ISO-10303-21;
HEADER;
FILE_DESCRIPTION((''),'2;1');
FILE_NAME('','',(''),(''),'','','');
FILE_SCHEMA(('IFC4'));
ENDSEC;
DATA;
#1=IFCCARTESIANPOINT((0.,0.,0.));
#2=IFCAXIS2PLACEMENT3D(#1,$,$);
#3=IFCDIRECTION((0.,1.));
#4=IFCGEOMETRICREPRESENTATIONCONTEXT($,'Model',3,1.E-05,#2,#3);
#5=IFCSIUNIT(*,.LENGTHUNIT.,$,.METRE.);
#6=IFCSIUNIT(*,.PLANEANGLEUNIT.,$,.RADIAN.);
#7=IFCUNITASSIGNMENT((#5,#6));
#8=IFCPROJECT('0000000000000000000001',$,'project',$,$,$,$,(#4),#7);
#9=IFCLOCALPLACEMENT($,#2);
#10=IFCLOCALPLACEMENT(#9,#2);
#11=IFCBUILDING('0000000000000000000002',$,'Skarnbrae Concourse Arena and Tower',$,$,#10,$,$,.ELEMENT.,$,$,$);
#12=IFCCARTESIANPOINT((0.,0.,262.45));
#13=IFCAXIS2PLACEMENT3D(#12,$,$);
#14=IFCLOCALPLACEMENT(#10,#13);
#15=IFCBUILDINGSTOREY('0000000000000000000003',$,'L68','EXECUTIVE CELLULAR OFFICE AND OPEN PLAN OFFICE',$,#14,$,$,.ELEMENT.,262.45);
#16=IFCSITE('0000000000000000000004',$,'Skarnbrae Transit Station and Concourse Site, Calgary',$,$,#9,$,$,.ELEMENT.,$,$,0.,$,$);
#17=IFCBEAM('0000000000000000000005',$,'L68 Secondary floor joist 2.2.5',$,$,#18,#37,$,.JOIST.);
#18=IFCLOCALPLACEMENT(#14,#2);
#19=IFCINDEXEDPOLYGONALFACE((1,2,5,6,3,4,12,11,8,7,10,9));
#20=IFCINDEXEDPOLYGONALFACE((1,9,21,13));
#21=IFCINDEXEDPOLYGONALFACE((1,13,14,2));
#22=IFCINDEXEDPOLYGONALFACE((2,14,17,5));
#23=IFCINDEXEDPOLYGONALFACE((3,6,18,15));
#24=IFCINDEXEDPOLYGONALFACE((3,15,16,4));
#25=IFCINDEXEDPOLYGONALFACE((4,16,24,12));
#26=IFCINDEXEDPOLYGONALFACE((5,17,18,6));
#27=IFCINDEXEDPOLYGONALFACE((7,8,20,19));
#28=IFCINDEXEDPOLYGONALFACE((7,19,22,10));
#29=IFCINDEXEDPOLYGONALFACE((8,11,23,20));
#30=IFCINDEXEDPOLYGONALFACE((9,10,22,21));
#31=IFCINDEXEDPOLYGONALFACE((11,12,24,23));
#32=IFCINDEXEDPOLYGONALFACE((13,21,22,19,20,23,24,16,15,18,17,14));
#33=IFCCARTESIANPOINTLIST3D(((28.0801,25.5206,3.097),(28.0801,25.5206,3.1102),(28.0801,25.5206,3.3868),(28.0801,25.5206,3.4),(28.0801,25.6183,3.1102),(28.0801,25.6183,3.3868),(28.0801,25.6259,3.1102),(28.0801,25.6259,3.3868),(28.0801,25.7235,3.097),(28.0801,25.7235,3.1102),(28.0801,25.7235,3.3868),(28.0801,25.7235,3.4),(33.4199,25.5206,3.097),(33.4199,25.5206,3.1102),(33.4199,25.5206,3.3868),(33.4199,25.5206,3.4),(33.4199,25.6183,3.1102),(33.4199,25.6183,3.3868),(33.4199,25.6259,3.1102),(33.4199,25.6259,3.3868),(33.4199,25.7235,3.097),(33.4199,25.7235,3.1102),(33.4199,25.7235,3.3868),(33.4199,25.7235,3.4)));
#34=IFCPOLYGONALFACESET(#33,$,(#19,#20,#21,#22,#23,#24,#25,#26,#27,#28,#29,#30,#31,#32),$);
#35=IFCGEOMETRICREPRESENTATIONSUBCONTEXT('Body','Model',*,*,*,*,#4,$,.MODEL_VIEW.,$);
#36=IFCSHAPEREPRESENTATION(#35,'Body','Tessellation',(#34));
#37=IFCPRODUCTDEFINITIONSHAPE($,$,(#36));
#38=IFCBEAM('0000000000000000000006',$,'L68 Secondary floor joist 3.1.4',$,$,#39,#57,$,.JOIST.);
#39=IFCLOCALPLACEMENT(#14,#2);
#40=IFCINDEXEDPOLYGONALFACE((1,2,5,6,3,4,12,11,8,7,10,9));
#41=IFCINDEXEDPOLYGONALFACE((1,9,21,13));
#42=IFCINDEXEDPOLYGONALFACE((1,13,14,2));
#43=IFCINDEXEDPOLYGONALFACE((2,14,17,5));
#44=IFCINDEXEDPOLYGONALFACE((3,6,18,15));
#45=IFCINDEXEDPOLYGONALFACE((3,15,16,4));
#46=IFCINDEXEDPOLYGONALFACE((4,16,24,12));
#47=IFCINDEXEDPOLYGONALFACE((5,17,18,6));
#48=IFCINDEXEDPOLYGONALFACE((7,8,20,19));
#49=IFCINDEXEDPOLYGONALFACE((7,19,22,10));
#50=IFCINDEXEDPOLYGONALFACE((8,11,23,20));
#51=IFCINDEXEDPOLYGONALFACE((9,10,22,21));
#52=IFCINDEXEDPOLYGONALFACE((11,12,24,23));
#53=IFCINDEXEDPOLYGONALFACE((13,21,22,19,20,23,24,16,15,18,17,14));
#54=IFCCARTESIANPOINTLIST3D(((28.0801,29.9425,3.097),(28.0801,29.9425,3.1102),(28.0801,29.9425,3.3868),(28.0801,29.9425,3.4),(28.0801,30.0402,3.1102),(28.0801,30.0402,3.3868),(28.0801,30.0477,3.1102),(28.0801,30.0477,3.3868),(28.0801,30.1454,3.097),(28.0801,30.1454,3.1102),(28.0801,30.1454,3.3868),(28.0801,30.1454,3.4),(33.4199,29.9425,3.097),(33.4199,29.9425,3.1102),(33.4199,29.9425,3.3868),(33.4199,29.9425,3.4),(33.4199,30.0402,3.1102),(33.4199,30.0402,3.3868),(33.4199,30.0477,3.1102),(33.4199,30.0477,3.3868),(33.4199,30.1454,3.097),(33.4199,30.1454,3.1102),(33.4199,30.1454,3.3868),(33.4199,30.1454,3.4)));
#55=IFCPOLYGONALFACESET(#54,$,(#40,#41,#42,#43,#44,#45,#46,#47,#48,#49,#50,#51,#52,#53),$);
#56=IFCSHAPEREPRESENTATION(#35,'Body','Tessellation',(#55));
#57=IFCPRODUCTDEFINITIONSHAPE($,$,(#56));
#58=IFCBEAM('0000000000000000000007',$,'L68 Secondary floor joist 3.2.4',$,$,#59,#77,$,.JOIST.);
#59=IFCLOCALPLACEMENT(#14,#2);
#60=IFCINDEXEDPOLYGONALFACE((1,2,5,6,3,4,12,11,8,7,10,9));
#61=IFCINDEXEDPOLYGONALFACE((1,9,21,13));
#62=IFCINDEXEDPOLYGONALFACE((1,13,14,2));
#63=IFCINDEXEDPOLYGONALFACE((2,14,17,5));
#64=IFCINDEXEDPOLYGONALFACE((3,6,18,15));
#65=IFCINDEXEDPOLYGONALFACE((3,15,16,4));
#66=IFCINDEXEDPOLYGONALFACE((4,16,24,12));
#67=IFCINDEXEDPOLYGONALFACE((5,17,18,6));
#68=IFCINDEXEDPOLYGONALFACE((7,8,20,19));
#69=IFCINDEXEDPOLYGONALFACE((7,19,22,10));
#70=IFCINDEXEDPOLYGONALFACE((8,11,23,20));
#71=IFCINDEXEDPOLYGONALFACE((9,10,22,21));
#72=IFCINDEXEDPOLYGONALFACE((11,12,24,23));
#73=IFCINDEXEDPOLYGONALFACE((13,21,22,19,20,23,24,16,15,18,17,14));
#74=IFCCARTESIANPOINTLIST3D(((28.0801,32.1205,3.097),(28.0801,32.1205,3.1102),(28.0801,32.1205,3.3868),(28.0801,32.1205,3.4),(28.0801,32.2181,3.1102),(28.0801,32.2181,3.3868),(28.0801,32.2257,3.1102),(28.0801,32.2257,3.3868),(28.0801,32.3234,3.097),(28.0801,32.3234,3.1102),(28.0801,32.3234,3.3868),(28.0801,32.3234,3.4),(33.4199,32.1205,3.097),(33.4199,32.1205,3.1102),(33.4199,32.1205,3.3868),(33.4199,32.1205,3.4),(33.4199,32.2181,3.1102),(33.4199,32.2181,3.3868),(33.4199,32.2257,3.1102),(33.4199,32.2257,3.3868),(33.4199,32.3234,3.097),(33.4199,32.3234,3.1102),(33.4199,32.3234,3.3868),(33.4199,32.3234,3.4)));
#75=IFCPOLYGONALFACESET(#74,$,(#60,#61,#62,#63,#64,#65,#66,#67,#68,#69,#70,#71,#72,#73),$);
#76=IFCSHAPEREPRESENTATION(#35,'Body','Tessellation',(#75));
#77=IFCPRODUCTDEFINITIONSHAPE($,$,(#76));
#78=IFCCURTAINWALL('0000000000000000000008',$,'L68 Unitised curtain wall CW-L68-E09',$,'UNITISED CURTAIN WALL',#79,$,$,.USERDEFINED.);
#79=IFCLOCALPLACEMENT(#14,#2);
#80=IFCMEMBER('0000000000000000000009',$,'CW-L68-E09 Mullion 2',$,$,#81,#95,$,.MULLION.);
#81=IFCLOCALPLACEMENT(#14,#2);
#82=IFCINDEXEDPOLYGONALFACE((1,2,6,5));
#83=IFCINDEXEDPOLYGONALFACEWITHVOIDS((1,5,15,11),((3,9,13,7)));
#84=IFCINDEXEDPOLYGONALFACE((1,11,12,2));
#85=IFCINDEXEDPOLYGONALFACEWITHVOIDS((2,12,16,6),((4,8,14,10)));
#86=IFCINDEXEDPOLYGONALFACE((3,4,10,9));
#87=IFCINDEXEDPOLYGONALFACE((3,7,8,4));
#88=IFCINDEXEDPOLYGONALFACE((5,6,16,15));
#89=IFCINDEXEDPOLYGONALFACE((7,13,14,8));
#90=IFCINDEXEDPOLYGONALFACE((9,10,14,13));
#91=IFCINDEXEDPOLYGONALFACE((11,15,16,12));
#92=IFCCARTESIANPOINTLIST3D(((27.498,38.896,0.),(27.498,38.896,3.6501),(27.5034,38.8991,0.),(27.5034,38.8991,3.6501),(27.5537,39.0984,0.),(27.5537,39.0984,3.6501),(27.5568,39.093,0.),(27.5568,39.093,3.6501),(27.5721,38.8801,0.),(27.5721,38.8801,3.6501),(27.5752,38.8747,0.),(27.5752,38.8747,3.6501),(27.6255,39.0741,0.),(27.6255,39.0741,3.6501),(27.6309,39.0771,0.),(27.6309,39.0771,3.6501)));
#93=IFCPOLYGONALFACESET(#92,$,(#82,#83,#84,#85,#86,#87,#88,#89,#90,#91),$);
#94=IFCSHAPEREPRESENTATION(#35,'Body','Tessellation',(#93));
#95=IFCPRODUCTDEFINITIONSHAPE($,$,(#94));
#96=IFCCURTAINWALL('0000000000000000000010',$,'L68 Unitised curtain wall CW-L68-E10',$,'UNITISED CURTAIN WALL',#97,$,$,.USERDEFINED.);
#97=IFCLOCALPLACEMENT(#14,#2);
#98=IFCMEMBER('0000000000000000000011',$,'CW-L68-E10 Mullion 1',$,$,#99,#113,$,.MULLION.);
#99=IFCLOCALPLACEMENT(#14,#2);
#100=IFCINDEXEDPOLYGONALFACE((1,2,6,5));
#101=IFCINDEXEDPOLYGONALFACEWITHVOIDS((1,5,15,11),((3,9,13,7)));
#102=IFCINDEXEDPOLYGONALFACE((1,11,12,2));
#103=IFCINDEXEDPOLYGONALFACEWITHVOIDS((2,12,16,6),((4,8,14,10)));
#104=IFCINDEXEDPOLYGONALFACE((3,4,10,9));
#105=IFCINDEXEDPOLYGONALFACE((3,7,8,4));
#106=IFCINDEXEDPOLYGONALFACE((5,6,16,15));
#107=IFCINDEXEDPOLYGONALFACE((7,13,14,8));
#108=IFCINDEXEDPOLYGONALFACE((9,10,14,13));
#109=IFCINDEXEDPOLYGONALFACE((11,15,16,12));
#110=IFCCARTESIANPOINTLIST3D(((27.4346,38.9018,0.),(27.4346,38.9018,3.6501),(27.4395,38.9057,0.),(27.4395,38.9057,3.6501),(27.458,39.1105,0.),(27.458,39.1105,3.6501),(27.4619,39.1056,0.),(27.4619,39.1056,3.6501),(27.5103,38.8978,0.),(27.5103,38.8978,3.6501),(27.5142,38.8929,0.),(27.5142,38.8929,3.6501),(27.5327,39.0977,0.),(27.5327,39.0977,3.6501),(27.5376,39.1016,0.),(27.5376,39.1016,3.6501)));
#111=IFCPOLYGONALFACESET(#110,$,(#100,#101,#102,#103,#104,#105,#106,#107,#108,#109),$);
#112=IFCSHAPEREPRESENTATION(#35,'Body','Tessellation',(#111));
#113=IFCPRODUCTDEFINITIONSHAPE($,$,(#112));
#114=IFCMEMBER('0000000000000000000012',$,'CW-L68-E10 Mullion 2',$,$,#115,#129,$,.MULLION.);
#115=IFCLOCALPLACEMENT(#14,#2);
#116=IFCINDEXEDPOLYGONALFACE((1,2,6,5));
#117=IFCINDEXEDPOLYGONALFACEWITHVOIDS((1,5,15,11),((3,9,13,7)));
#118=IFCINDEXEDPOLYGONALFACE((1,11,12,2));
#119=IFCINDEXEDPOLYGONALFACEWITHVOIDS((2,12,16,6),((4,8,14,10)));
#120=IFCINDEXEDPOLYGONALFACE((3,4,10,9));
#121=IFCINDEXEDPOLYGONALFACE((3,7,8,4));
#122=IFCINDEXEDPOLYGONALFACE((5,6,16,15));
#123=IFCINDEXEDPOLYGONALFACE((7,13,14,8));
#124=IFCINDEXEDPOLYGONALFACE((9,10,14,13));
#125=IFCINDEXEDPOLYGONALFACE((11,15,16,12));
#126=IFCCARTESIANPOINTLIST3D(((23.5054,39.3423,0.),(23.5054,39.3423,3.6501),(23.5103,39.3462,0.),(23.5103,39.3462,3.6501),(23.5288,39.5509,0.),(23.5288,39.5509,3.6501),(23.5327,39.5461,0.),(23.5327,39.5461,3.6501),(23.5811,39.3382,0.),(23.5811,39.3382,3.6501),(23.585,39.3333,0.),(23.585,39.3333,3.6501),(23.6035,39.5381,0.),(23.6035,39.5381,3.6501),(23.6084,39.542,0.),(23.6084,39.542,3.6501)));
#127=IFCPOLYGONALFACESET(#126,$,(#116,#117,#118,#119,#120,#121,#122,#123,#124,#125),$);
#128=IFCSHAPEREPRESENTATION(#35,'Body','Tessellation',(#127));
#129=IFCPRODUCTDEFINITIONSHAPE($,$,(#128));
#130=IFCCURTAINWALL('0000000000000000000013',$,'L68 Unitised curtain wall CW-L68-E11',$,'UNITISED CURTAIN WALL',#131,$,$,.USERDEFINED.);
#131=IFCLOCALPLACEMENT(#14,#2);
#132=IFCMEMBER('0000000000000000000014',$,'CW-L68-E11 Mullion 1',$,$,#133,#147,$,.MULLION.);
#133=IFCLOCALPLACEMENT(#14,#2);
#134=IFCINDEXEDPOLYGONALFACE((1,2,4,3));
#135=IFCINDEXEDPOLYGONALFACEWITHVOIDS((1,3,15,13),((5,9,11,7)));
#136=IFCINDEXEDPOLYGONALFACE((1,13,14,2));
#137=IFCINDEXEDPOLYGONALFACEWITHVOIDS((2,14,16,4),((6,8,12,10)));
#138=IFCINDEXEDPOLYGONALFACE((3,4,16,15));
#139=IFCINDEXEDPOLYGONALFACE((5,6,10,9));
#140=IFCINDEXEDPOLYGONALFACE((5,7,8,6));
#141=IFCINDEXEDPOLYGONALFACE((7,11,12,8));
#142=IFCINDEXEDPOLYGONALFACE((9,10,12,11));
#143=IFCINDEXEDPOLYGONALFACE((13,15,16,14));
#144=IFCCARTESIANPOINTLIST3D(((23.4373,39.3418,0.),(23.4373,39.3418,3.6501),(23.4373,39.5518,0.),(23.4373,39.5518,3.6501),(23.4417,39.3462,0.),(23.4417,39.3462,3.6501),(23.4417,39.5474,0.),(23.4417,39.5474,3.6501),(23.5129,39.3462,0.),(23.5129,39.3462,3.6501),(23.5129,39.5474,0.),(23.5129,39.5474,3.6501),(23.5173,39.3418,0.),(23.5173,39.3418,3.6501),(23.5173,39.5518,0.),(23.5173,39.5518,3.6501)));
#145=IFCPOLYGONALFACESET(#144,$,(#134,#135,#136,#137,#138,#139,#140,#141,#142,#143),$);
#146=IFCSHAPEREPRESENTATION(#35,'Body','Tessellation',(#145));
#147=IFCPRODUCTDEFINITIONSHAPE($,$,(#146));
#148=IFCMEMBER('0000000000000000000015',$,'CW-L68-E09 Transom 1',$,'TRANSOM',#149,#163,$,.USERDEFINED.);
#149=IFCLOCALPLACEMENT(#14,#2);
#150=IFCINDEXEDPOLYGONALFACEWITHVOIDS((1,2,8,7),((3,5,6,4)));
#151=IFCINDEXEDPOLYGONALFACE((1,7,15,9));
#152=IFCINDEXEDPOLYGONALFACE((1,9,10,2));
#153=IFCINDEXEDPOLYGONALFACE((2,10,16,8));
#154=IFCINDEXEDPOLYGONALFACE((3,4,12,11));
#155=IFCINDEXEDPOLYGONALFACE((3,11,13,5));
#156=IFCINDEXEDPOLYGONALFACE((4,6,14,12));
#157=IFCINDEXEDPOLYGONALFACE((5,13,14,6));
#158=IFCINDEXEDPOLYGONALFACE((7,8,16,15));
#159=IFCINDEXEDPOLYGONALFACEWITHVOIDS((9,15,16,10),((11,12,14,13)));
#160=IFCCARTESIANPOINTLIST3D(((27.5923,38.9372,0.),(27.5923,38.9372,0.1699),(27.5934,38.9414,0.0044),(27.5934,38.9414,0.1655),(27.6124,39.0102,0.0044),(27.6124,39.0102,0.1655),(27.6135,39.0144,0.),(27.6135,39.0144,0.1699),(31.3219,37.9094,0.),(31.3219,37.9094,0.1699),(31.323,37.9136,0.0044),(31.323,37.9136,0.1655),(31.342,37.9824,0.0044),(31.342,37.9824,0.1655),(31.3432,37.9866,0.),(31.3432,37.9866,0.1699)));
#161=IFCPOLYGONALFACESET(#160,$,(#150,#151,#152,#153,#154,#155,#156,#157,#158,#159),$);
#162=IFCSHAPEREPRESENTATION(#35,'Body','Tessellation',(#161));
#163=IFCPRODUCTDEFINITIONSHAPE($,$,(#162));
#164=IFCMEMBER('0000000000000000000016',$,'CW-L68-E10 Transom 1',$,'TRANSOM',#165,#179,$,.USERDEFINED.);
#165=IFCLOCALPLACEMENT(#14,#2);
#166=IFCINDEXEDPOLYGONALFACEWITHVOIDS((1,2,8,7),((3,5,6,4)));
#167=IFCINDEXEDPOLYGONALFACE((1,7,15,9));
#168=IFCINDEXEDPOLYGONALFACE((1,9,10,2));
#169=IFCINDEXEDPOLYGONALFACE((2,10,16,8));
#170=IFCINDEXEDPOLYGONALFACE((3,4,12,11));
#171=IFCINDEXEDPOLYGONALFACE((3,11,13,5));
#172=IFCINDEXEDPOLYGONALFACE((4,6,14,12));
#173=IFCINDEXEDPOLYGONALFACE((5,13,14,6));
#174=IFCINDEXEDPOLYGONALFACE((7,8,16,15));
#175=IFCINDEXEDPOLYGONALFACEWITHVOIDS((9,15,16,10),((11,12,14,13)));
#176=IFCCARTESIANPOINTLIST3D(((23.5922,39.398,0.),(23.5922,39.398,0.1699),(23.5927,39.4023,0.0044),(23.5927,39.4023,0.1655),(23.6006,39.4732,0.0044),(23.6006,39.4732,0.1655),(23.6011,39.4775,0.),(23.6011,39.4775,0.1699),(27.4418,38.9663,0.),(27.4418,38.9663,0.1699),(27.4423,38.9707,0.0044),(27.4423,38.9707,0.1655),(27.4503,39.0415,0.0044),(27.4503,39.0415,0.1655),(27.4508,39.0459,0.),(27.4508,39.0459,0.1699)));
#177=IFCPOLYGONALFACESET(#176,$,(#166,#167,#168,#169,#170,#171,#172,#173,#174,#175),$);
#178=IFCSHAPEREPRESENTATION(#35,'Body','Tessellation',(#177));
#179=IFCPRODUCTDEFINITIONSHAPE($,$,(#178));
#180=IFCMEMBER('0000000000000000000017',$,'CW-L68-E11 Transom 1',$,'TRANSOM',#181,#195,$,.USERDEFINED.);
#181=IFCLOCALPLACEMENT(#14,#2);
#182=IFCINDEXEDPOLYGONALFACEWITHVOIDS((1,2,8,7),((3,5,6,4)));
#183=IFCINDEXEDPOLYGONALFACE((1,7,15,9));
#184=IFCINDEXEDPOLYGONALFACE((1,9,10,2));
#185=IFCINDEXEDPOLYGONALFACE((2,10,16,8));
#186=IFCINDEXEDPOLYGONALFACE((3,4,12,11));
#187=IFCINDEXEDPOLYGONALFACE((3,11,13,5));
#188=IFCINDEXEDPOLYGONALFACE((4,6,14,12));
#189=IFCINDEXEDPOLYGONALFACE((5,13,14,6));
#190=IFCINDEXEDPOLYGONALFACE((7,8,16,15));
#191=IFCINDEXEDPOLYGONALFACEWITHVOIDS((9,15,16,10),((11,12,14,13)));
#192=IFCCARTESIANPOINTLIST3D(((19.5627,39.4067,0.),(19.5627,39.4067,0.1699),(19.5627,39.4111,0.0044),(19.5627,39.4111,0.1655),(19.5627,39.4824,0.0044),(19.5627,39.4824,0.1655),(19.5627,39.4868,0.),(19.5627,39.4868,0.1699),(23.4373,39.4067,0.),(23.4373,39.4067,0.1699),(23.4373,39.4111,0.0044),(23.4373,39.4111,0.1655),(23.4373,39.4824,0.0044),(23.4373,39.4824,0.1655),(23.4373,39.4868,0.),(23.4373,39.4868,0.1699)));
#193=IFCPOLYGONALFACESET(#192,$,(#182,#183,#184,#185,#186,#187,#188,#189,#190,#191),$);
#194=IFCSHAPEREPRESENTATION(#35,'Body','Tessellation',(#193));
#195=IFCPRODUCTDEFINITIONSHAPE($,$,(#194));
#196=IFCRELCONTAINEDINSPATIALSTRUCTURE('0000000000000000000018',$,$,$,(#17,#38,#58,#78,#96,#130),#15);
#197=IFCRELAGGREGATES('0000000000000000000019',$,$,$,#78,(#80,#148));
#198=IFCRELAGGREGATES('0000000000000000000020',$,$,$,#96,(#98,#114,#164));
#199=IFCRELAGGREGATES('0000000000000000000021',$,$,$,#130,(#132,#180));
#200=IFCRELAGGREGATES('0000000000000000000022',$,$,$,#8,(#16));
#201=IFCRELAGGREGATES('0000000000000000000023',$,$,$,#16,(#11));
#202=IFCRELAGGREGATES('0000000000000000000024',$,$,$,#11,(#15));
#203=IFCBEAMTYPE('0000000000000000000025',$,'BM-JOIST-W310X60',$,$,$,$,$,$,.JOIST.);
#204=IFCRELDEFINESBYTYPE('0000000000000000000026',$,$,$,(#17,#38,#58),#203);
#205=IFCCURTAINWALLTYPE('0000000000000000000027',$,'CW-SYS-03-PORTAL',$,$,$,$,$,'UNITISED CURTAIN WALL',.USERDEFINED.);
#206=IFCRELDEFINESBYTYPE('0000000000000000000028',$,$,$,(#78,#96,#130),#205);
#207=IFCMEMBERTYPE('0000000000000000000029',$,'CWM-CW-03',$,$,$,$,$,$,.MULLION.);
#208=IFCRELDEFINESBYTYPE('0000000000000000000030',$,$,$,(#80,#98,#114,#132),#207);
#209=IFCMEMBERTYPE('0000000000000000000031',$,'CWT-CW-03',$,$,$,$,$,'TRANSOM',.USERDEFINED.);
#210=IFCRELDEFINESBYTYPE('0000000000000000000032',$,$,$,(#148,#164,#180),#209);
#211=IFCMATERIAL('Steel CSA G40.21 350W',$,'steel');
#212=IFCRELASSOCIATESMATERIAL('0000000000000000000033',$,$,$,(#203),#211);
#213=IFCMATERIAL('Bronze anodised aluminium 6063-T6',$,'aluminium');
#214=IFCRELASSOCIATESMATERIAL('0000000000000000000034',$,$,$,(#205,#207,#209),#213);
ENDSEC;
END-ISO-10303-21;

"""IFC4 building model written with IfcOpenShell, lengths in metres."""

from ifc_helpers import new_model, si_unit, direction, frame, origin, origin_2d, place, context, subcontext, project, spatial, hollow_rectangle, i_section, extrude, source, transform, mapped, material, material_profile, profile_set, type_object, element, aggregate, save


model = new_model("IFC4")

# Units and contexts
model_context = context("Model", 3, precision=1e-05, world=origin(), true_north=direction((0.0, 1.0)))
body_context = subcontext(model_context, "Body", "Model", "MODEL_VIEW")
ifc_project = project(units=[si_unit("LENGTHUNIT", "METRE"), si_unit("PLANEANGLEUNIT", "RADIAN")], contexts=[model_context])

# Site, building, storey
site_placement = place(None, origin())
site = spatial("IfcSite", under=ifc_project, at=site_placement, Name="Skarnbrae Transit Station and Concourse Site, Calgary", CompositionType="ELEMENT", RefElevation=0.0)
building_placement = place(site_placement, origin())
building = spatial("IfcBuilding", under=site, at=building_placement, Name="Skarnbrae Concourse Arena and Tower", CompositionType="ELEMENT")
storey_placement = place(building_placement, frame((0.0, 0.0, 262.45)))
storey = spatial("IfcBuildingStorey", under=building, at=storey_placement, Name="L68", Description="EXECUTIVE CELLULAR OFFICE AND OPEN PLAN OFFICE", CompositionType="ELEMENT", Elevation=262.45)

# Shared definitions
ifc_material_1 = material(Name="Steel CSA G40.21 350W", Category="steel")

# Beams
ifc_material_profile_1 = material_profile(ifc_material_1, i_section(OverallWidth=0.2029, OverallDepth=0.303, WebThickness=0.0076, FlangeThickness=0.0132, at=origin_2d()), Name="W310X60")
ifc_profile_set_1 = profile_set([ifc_material_profile_1], Name="Steel CSA G40.21 350W")
beam_type_1 = type_object("IfcBeamType", Name="BM-JOIST-W310X60", PredefinedType="JOIST", material=ifc_profile_set_1)
shared_shape_1 = source(origin(), body_context, "Body", "SweptSolid", [
    extrude(i_section(OverallWidth=0.2029, OverallDepth=0.303, WebThickness=0.0076, FlangeThickness=0.0132, at=origin_2d()), origin(), (0.0, 0.0, 1.0), 5.3398),
])
for number, where, z_axis, x_axis, name in (
    (1, (28.0801, 25.6221, 3.2485), (1.0, 0.0, 0.0), (0.0, 1.0, 0.0), "L68 Secondary floor joist 2.2.5"),
    (2, (28.0801, 30.0439, 3.2485), (1.0, 0.0, 0.0), (0.0, 1.0, 0.0), "L68 Secondary floor joist 3.1.4"),
    (3, (28.0801, 32.2219, 3.2485), (1.0, 0.0, 0.0), (0.0, 1.0, 0.0), "L68 Secondary floor joist 3.2.4"),
):
    element("IfcBeam", number, at=place(storey_placement, frame(where, z_axis=z_axis, x_axis=x_axis)), inside=storey, type_object=beam_type_1, Name=name, PredefinedType="JOIST", context=body_context, shape_type="MappedRepresentation", body=[
        mapped(shared_shape_1, transform((0.0, 0.0, 0.0))),
    ])

# Curtain wall, member
ifc_material_2 = material(Name="Bronze anodised aluminium 6063-T6", Category="aluminium")
curtain_wall_type = type_object("IfcCurtainWallType", Name="CW-SYS-03-PORTAL", ElementType="UNITISED CURTAIN WALL", PredefinedType="USERDEFINED", material=ifc_material_2)
curtain_wall_1_placement = place(storey_placement, origin())
curtain_wall_1 = element("IfcCurtainWall", 4, at=curtain_wall_1_placement, inside=storey, type_object=curtain_wall_type, Name="L68 Unitised curtain wall CW-L68-E09", ObjectType="UNITISED CURTAIN WALL", PredefinedType="USERDEFINED")
ifc_material_profile_2 = material_profile(ifc_material_2, hollow_rectangle(XDim=0.0801, YDim=0.21, WallThickness=0.0044, at=origin_2d()), Name="ALU-MULL-80X210")
ifc_profile_set_2 = profile_set([ifc_material_profile_2], Name="Bronze anodised aluminium 6063-T6")
member_type_1 = type_object("IfcMemberType", Name="CWM-CW-03", PredefinedType="MULLION", material=ifc_profile_set_2)
shared_shape_2 = source(origin(), body_context, "Body", "SweptSolid", [
    extrude(hollow_rectangle(XDim=0.0801, YDim=0.21, WallThickness=0.0044, at=origin_2d()), origin(), (0.0, 0.0, 1.0), 3.6501),
])
member_1_placement = place(storey_placement, frame((27.5645, 38.9866, 0.0), z_axis=(0.0, 0.0, 1.0), x_axis=(-0.964057, 0.265694, 0.0)))
member_1 = element("IfcMember", 5, at=member_1_placement, type_object=member_type_1, Name="CW-L68-E09 Mullion 2", PredefinedType="MULLION", context=body_context, shape_type="MappedRepresentation", body=[
    mapped(shared_shape_2, transform((0.0, 0.0, 0.0))),
])

# Curtain wall, members
curtain_wall_2_placement = place(storey_placement, origin())
curtain_wall_2 = element("IfcCurtainWall", 6, at=curtain_wall_2_placement, inside=storey, type_object=curtain_wall_type, Name="L68 Unitised curtain wall CW-L68-E10", ObjectType="UNITISED CURTAIN WALL", PredefinedType="USERDEFINED")
member_2_placement = place(storey_placement, frame((27.4861, 39.0017, 0.0), z_axis=(0.0, 0.0, 1.0), x_axis=(-0.993769, 0.11146, 0.0)))
member_2 = element("IfcMember", 7, at=member_2_placement, type_object=member_type_1, Name="CW-L68-E10 Mullion 1", PredefinedType="MULLION", context=body_context, shape_type="MappedRepresentation", body=[
    mapped(shared_shape_2, transform((0.0, 0.0, 0.0))),
])
member_3_placement = place(storey_placement, frame((23.5569, 39.4421, 0.0), z_axis=(0.0, 0.0, 1.0), x_axis=(-0.993769, 0.11146, 0.0)))
member_3 = element("IfcMember", 8, at=member_3_placement, type_object=member_type_1, Name="CW-L68-E10 Mullion 2", PredefinedType="MULLION", context=body_context, shape_type="MappedRepresentation", body=[
    mapped(shared_shape_2, transform((0.0, 0.0, 0.0))),
])

# Curtain wall, member
curtain_wall_3_placement = place(storey_placement, origin())
curtain_wall_3 = element("IfcCurtainWall", 9, at=curtain_wall_3_placement, inside=storey, type_object=curtain_wall_type, Name="L68 Unitised curtain wall CW-L68-E11", ObjectType="UNITISED CURTAIN WALL", PredefinedType="USERDEFINED")
member_4_placement = place(storey_placement, frame((23.4773, 39.4468, 0.0), z_axis=(0.0, 0.0, 1.0), x_axis=(-1.0, 0.0, 0.0)))
member_4 = element("IfcMember", 10, at=member_4_placement, type_object=member_type_1, Name="CW-L68-E11 Mullion 1", PredefinedType="MULLION", context=body_context, shape_type="MappedRepresentation", body=[
    mapped(shared_shape_2, transform((0.0, 0.0, 0.0))),
])

# Members
ifc_material_profile_3 = material_profile(ifc_material_2, hollow_rectangle(XDim=0.0801, YDim=0.1699, WallThickness=0.0044, at=origin_2d()), Name="ALU-TRAN-80X170")
ifc_profile_set_3 = profile_set([ifc_material_profile_3], Name="Bronze anodised aluminium 6063-T6")
member_type_2 = type_object("IfcMemberType", Name="CWT-CW-03", ElementType="TRANSOM", PredefinedType="USERDEFINED", material=ifc_profile_set_3)
shared_shape_3 = source(origin(), body_context, "Body", "SweptSolid", [
    extrude(hollow_rectangle(XDim=0.0801, YDim=0.1699, WallThickness=0.0044, at=origin_2d()), origin(), (0.0, 0.0, 1.0), 3.8687),
])
member_5_placement = place(storey_placement, frame((31.3325, 37.948, 0.085), z_axis=(-0.964063, 0.265674, 0.0), x_axis=(-0.265674, -0.964063, 0.0)))
member_5 = element("IfcMember", 11, at=member_5_placement, type_object=member_type_2, Name="CW-L68-E09 Transom 1", ObjectType="TRANSOM", PredefinedType="USERDEFINED", context=body_context, shape_type="MappedRepresentation", body=[
    mapped(shared_shape_3, transform((0.0, 0.0, 0.0))),
])
shared_shape_4 = source(origin(), body_context, "Body", "SweptSolid", [
    extrude(hollow_rectangle(XDim=0.0801, YDim=0.1699, WallThickness=0.0044, at=origin_2d()), origin(), (0.0, 0.0, 1.0), 3.8738),
])
member_6_placement = place(storey_placement, frame((27.4463, 39.0061, 0.085), z_axis=(-0.993773, 0.111428, 0.0), x_axis=(-0.111428, -0.993773, 0.0)))
member_6 = element("IfcMember", 12, at=member_6_placement, type_object=member_type_2, Name="CW-L68-E10 Transom 1", ObjectType="TRANSOM", PredefinedType="USERDEFINED", context=body_context, shape_type="MappedRepresentation", body=[
    mapped(shared_shape_4, transform((0.0, 0.0, 0.0))),
])
shared_shape_5 = source(origin(), body_context, "Body", "SweptSolid", [
    extrude(hollow_rectangle(XDim=0.0801, YDim=0.1699, WallThickness=0.0044, at=origin_2d()), origin(), (0.0, 0.0, 1.0), 3.8745),
])
member_7_placement = place(storey_placement, frame((23.4373, 39.4468, 0.085), z_axis=(-1.0, 0.0, 0.0), x_axis=(0.0, -1.0, 0.0)))
member_7 = element("IfcMember", 13, at=member_7_placement, type_object=member_type_2, Name="CW-L68-E11 Transom 1", ObjectType="TRANSOM", PredefinedType="USERDEFINED", context=body_context, shape_type="MappedRepresentation", body=[
    mapped(shared_shape_5, transform((0.0, 0.0, 0.0))),
])

aggregate(curtain_wall_1, [member_1, member_5])
aggregate(curtain_wall_2, [member_2, member_3, member_6])
aggregate(curtain_wall_3, [member_4, member_7])

save(model, "model.ifc")
